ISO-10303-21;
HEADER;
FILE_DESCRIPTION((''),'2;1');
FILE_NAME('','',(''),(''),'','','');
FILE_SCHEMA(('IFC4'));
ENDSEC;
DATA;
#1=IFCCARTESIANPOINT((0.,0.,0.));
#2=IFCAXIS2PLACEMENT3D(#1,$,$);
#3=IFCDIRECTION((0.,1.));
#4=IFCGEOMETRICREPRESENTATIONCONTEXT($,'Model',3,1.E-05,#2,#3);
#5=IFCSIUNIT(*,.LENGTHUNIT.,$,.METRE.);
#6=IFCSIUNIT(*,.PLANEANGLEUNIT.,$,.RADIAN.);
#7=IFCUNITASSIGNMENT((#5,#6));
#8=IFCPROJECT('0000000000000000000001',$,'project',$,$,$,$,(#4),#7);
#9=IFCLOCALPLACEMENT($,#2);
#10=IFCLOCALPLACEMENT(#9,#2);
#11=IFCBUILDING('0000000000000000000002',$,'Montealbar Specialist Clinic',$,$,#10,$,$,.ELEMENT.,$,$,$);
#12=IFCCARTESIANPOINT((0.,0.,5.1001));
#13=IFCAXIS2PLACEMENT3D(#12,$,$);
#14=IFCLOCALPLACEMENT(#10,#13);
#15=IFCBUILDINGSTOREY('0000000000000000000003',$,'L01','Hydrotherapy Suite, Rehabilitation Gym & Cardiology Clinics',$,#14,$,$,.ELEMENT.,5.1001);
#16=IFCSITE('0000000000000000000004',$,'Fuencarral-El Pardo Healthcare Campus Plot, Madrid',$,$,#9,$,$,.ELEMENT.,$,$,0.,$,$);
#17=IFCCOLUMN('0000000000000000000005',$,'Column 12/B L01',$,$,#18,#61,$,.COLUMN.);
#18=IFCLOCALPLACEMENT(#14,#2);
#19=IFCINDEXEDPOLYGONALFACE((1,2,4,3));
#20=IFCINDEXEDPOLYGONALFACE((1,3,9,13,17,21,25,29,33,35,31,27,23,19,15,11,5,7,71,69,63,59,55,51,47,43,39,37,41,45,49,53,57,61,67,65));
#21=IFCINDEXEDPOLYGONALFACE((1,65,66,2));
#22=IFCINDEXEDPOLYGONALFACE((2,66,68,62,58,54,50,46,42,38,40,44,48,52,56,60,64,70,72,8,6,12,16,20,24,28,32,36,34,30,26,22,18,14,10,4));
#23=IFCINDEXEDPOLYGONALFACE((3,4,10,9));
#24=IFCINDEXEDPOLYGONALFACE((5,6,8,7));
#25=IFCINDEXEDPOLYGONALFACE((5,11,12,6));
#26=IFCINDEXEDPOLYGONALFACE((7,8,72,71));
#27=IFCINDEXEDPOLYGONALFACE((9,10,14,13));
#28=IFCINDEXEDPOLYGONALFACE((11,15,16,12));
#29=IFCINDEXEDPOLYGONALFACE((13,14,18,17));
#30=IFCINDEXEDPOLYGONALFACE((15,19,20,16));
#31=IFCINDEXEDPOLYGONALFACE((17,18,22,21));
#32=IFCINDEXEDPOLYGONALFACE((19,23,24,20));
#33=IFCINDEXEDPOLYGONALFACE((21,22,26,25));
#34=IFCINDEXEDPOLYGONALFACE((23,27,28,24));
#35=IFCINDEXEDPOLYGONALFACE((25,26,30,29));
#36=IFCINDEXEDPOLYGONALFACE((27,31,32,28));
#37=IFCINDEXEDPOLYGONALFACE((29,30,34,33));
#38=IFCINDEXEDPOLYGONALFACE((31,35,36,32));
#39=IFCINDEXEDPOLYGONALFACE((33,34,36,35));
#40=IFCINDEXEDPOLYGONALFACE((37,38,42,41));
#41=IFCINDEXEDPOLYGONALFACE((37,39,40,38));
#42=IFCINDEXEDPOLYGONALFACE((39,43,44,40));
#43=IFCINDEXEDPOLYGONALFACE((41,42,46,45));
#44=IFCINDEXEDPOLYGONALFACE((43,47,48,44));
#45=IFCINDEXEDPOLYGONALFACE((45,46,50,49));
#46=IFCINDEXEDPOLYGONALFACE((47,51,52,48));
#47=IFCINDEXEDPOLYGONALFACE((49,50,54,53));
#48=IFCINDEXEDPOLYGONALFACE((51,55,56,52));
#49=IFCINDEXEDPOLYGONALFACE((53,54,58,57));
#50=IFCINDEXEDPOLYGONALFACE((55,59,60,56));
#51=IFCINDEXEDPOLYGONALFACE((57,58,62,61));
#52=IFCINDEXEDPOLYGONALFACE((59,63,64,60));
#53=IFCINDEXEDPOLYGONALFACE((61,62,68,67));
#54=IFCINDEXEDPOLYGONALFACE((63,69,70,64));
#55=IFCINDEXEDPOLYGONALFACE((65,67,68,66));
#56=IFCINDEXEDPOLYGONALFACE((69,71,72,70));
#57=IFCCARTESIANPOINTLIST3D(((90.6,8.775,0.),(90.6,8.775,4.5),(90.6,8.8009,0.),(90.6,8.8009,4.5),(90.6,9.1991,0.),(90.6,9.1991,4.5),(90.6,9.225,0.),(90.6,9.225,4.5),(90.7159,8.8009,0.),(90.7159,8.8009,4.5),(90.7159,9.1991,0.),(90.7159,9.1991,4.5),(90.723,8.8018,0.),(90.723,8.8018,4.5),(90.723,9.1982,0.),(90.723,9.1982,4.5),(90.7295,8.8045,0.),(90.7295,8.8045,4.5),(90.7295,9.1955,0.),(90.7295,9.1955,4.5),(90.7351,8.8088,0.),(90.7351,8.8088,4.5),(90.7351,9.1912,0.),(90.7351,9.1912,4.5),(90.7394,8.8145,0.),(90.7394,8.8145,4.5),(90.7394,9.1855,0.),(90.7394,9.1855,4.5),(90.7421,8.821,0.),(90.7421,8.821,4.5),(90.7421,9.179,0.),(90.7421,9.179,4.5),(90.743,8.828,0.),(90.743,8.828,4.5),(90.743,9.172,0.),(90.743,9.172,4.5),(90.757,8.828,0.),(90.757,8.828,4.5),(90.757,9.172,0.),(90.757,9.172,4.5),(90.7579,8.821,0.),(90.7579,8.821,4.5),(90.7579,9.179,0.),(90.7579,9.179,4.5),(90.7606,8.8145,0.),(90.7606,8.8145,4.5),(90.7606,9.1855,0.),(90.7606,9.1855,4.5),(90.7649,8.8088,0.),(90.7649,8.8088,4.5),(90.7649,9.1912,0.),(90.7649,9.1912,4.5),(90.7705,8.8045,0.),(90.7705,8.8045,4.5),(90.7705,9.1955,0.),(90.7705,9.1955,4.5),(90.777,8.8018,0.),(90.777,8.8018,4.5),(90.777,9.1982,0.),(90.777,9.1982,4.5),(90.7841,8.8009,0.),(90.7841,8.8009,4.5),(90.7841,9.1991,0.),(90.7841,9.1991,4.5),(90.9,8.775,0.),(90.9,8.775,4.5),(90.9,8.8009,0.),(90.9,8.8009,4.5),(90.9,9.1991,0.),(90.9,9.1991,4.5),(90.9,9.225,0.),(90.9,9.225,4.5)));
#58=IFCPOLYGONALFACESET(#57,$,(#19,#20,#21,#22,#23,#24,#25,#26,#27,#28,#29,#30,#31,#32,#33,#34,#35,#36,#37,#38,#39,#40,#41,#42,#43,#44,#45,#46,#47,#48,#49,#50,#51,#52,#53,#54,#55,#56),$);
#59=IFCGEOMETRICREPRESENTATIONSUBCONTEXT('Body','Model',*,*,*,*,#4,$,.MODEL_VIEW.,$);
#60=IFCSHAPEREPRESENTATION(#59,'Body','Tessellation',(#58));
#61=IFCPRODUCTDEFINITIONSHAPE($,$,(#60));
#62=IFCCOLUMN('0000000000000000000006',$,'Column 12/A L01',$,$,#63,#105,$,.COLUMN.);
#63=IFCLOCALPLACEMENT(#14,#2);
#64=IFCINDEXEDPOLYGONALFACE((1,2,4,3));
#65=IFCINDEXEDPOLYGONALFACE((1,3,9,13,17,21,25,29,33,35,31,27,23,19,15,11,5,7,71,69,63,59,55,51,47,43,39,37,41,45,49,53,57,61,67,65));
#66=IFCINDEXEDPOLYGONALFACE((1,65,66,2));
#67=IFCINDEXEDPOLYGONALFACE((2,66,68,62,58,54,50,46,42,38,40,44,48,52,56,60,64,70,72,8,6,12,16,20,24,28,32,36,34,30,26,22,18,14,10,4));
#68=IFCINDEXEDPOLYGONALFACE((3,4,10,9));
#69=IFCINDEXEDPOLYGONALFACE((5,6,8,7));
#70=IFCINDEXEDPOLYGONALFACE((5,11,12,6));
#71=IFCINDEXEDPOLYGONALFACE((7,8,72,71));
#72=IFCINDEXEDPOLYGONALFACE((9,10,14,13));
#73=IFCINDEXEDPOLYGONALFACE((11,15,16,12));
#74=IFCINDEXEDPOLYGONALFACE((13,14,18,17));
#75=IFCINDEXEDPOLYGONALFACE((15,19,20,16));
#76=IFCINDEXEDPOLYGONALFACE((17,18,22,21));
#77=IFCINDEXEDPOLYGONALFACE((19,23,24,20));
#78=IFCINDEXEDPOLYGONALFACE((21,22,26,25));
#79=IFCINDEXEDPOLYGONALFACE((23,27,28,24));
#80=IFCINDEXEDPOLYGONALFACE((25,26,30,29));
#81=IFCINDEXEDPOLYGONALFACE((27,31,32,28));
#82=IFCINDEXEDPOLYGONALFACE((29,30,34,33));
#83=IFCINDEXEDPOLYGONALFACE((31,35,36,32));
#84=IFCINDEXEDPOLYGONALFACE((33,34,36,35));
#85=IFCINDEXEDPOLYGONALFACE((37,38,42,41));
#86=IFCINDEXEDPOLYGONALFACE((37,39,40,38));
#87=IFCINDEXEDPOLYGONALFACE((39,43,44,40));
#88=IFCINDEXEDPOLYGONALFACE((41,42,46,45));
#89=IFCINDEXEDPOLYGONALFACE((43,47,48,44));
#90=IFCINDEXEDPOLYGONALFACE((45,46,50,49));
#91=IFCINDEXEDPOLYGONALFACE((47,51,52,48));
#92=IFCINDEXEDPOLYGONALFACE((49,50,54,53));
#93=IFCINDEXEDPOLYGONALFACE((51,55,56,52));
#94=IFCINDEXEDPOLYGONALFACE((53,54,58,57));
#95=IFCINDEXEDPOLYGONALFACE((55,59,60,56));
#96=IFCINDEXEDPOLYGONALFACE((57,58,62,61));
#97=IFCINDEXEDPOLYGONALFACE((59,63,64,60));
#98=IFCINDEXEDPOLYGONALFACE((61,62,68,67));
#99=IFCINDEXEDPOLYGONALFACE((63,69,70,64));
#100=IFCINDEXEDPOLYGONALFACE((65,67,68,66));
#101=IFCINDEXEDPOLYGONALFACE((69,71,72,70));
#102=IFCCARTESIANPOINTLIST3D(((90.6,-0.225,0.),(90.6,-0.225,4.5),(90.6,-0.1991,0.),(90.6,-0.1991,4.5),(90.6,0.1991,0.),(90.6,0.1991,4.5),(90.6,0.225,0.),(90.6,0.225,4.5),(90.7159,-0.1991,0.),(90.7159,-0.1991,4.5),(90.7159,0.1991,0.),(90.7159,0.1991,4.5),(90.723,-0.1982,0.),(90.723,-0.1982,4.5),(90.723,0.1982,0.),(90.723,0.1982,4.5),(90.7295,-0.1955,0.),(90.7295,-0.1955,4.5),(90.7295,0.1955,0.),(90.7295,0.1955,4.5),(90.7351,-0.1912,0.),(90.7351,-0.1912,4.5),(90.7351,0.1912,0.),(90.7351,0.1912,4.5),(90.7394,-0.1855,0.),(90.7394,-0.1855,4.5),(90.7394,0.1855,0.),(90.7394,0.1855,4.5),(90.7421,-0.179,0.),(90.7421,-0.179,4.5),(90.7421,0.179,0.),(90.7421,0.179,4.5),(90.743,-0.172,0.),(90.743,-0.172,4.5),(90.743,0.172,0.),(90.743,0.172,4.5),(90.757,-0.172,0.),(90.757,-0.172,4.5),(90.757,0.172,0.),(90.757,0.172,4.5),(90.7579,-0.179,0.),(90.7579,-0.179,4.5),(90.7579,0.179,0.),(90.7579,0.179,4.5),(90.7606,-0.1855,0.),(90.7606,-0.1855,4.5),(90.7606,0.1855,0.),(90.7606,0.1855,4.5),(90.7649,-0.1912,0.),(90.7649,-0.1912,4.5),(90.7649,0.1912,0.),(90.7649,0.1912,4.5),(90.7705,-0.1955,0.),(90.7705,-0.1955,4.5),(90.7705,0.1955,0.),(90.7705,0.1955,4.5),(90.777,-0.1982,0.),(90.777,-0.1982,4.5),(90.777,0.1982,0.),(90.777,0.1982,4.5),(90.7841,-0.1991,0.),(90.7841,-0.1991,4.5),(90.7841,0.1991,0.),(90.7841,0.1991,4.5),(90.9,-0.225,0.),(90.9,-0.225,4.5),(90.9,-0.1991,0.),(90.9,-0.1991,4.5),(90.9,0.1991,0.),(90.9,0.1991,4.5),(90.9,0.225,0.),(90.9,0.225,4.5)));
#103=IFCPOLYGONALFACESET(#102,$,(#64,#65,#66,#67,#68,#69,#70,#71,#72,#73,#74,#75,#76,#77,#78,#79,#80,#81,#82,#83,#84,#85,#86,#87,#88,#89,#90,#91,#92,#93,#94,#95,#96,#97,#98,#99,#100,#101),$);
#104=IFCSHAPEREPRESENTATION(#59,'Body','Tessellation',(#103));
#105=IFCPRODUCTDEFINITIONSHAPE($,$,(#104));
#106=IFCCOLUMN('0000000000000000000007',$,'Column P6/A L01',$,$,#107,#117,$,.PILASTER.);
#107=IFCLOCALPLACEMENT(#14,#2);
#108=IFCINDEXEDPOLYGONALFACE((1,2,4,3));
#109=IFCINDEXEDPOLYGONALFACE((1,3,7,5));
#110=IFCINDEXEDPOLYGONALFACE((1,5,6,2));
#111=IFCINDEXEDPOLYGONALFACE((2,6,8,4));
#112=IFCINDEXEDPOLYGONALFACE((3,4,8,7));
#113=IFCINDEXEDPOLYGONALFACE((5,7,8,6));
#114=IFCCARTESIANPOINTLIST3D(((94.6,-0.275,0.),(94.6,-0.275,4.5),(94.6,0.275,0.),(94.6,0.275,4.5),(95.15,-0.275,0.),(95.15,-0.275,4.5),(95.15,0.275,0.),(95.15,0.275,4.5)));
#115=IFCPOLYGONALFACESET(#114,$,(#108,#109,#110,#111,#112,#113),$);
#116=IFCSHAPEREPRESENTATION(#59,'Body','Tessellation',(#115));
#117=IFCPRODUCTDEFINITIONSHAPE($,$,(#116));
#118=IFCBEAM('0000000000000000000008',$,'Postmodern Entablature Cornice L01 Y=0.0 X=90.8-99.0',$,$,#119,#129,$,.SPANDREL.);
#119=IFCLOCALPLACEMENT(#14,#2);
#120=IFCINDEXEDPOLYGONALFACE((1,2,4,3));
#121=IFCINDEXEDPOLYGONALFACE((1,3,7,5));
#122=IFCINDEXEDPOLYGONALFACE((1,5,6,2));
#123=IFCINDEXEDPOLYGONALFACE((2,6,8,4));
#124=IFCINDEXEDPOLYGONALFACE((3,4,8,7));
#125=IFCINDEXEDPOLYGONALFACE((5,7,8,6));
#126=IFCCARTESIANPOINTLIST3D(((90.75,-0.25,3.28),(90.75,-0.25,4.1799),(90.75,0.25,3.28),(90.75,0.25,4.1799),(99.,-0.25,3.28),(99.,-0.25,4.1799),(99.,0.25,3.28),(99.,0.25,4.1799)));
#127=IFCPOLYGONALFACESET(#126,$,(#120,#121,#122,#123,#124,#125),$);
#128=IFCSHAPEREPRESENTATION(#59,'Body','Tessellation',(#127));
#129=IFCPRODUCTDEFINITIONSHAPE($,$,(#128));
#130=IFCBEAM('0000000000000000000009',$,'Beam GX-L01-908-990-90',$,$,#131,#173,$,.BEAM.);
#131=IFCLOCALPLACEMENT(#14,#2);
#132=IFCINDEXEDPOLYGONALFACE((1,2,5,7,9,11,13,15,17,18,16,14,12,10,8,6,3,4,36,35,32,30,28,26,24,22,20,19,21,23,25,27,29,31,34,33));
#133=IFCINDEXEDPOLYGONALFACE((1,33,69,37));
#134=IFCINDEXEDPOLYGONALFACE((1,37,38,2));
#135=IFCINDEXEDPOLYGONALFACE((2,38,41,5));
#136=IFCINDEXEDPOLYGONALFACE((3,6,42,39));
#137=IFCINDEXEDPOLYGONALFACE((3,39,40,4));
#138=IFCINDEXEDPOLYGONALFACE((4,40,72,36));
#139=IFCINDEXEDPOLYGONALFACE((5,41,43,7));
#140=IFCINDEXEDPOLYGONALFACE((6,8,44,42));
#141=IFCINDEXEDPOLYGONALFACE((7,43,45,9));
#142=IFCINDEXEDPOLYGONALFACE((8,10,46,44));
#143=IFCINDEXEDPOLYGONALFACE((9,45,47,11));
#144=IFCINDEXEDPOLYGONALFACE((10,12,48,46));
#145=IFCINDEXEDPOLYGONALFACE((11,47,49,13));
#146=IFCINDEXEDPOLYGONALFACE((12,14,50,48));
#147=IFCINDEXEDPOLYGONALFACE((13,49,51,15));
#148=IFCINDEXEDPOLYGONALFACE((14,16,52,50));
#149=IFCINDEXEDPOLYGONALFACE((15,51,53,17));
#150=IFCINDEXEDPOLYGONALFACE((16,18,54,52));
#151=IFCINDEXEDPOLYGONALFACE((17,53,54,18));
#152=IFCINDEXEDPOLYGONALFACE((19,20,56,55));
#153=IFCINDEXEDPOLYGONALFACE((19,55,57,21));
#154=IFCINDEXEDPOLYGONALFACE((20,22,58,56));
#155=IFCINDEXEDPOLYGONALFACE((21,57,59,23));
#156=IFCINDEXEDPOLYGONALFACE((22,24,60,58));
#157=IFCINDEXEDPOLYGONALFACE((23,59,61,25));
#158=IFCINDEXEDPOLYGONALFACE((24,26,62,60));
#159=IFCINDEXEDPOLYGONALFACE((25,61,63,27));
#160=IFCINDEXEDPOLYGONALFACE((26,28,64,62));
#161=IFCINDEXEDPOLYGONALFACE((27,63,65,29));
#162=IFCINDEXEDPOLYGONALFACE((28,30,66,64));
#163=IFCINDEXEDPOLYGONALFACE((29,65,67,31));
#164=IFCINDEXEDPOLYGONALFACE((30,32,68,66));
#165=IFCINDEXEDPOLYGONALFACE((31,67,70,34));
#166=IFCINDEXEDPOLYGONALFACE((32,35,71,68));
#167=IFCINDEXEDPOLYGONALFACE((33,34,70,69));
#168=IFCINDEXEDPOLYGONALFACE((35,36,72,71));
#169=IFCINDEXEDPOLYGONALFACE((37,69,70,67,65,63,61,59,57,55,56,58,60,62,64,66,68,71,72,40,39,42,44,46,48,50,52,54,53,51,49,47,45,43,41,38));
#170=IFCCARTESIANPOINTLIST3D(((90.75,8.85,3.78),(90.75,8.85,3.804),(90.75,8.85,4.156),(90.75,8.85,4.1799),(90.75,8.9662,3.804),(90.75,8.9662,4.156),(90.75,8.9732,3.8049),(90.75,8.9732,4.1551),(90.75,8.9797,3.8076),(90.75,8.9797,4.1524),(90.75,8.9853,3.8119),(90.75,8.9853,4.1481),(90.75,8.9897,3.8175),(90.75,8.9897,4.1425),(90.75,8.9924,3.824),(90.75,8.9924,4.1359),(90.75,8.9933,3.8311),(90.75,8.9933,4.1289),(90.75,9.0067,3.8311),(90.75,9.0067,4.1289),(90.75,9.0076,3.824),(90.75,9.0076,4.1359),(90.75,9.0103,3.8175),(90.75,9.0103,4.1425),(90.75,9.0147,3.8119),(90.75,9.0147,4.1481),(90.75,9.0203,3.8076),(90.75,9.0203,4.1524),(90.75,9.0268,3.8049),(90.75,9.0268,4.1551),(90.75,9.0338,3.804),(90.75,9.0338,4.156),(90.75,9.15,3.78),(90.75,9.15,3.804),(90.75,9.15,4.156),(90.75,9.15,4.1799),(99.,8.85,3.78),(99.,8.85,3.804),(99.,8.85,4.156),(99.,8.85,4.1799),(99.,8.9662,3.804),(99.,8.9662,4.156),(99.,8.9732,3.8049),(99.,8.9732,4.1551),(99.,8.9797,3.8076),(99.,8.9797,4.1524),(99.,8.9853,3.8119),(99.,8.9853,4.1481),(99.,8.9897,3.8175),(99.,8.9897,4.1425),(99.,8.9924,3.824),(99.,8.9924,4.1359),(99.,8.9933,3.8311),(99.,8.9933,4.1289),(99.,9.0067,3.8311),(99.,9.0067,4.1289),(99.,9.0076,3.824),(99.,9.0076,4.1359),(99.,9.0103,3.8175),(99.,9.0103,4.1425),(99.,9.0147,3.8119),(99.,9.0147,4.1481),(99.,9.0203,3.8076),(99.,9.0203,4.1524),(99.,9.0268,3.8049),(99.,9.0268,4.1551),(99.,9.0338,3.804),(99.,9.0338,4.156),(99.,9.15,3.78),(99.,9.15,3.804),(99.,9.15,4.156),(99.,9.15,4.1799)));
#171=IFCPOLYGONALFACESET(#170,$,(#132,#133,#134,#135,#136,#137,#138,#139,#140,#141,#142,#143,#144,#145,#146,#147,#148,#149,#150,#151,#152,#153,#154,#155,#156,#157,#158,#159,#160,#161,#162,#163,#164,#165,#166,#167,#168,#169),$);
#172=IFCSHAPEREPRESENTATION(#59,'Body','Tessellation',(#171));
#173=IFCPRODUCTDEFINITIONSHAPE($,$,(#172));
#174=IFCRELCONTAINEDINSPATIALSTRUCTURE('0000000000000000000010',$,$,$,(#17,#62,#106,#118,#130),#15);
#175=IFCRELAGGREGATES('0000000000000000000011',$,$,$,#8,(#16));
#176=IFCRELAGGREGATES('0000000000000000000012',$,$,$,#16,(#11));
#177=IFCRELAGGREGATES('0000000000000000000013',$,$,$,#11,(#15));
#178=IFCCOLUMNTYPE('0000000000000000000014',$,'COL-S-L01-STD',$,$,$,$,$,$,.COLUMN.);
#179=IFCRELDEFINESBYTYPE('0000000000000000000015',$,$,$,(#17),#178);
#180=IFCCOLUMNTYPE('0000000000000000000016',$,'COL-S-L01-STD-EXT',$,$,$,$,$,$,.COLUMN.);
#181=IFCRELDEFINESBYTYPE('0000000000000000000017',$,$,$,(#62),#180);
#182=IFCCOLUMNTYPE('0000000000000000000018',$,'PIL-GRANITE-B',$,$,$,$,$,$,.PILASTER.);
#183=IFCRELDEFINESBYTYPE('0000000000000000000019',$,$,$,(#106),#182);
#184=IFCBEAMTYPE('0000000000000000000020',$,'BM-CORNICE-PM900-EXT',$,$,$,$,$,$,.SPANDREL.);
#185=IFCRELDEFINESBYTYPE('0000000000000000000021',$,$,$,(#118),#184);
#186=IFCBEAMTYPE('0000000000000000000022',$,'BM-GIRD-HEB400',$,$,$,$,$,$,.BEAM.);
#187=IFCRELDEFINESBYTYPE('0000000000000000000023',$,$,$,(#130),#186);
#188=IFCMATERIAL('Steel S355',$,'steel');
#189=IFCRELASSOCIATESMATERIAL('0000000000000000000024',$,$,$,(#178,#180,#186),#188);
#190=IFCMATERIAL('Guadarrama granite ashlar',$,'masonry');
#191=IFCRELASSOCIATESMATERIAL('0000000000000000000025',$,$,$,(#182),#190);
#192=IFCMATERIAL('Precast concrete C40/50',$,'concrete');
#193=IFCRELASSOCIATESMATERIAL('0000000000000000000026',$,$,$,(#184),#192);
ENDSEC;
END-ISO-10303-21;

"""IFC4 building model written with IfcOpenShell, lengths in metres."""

from ifc_helpers import new_model, si_unit, direction, frame, origin, origin_2d, place, context, subcontext, project, spatial, rectangle, i_section, extrude, material, material_profile, profile_set, type_object, element, save


model = new_model("IFC4")

# Units and contexts
model_context = context("Model", 3, precision=1e-05, world=origin(), true_north=direction((0.0, 1.0)))
body_context = subcontext(model_context, "Body", "Model", "MODEL_VIEW")
ifc_project = project(units=[si_unit("LENGTHUNIT", "METRE"), si_unit("PLANEANGLEUNIT", "RADIAN")], contexts=[model_context])

# Site, building, storey
site_placement = place(None, origin())
site = spatial("IfcSite", under=ifc_project, at=site_placement, Name="Fuencarral-El Pardo Healthcare Campus Plot, Madrid", CompositionType="ELEMENT", RefElevation=0.0)
building_placement = place(site_placement, origin())
building = spatial("IfcBuilding", under=site, at=building_placement, Name="Montealbar Specialist Clinic", CompositionType="ELEMENT")
storey_placement = place(building_placement, frame((0.0, 0.0, 5.1001)))
storey = spatial("IfcBuildingStorey", under=building, at=storey_placement, Name="L01", Description="Hydrotherapy Suite, Rehabilitation Gym & Cardiology Clinics", CompositionType="ELEMENT", Elevation=5.1001)

# Columns
ifc_material_1 = material(Name="Steel S355", Category="steel")
ifc_material_profile_1 = material_profile(ifc_material_1, i_section(OverallWidth=0.3, OverallDepth=0.45, WebThickness=0.0139, FlangeThickness=0.0259, FilletRadius=0.0271, at=origin_2d()), Name="HEB 450", Category="steel")
ifc_profile_set_1 = profile_set([ifc_material_profile_1], Name="Steel S355")
column_type_1 = type_object("IfcColumnType", Name="COL-S-L01-STD", PredefinedType="COLUMN", material=ifc_profile_set_1)
column_1_placement = place(storey_placement, frame((90.75, 9.0, 0.0), z_axis=(0.0, 0.0, 1.0), x_axis=(1.0, 0.0, 0.0)))
element("IfcColumn", 1, at=column_1_placement, inside=storey, type_object=column_type_1, Name="Column 12/B L01", PredefinedType="COLUMN", context=body_context, shape_type="SweptSolid", body=[
    extrude(i_section(OverallWidth=0.3, OverallDepth=0.45, WebThickness=0.0139, FlangeThickness=0.0259, FilletRadius=0.0271, at=origin_2d()), origin(), (0.0, 0.0, 1.0), 4.5),
])
ifc_material_profile_2 = material_profile(ifc_material_1, i_section(OverallWidth=0.3, OverallDepth=0.45, WebThickness=0.0139, FlangeThickness=0.0259, FilletRadius=0.0271, at=origin_2d()), Name="HEB 450", Category="steel")
ifc_profile_set_2 = profile_set([ifc_material_profile_2], Name="Steel S355")
column_type_2 = type_object("IfcColumnType", Name="COL-S-L01-STD-EXT", PredefinedType="COLUMN", material=ifc_profile_set_2)
column_2_placement = place(storey_placement, frame((90.75, 0.0, 0.0), z_axis=(0.0, 0.0, 1.0), x_axis=(1.0, 0.0, 0.0)))
element("IfcColumn", 2, at=column_2_placement, inside=storey, type_object=column_type_2, Name="Column 12/A L01", PredefinedType="COLUMN", context=body_context, shape_type="SweptSolid", body=[
    extrude(i_section(OverallWidth=0.3, OverallDepth=0.45, WebThickness=0.0139, FlangeThickness=0.0259, FilletRadius=0.0271, at=origin_2d()), origin(), (0.0, 0.0, 1.0), 4.5),
])
ifc_material_2 = material(Name="Guadarrama granite ashlar", Category="masonry")
ifc_material_profile_3 = material_profile(ifc_material_2, rectangle(XDim=0.55, YDim=0.55, at=origin_2d()), Name="GRANITE PILASTER 550x550", Category="masonry")
ifc_profile_set_3 = profile_set([ifc_material_profile_3], Name="Guadarrama granite ashlar")
column_type_3 = type_object("IfcColumnType", Name="PIL-GRANITE-B", PredefinedType="PILASTER", material=ifc_profile_set_3)
column_3_placement = place(storey_placement, frame((94.875, 0.0, 0.0), z_axis=(0.0, 0.0, 1.0), x_axis=(1.0, 0.0, 0.0)))
element("IfcColumn", 3, at=column_3_placement, inside=storey, type_object=column_type_3, Name="Column P6/A L01", PredefinedType="PILASTER", context=body_context, shape_type="SweptSolid", body=[
    extrude(rectangle(XDim=0.55, YDim=0.55, at=origin_2d()), origin(), (0.0, 0.0, 1.0), 4.5),
])

# Beams
ifc_material_3 = material(Name="Precast concrete C40/50", Category="concrete")
ifc_material_profile_4 = material_profile(ifc_material_3, rectangle(XDim=0.5, YDim=0.8999, at=origin_2d()), Name="PRECAST CORNICE 500x900", Category="concrete")
ifc_profile_set_4 = profile_set([ifc_material_profile_4], Name="Precast concrete C40/50")
beam_type_1 = type_object("IfcBeamType", Name="BM-CORNICE-PM900-EXT", PredefinedType="SPANDREL", material=ifc_profile_set_4)
beam_1_placement = place(storey_placement, frame((90.75, 0.0, 3.73), z_axis=(1.0, 0.0, 0.0), x_axis=(0.0, 1.0, 0.0)))
element("IfcBeam", 4, at=beam_1_placement, inside=storey, type_object=beam_type_1, Name="Postmodern Entablature Cornice L01 Y=0.0 X=90.8-99.0", PredefinedType="SPANDREL", context=body_context, shape_type="SweptSolid", body=[
    extrude(rectangle(XDim=0.5, YDim=0.8999, at=origin_2d()), origin(), (0.0, 0.0, 1.0), 8.25),
])
ifc_material_profile_5 = material_profile(ifc_material_1, i_section(OverallWidth=0.3, OverallDepth=0.3999, WebThickness=0.0134, FlangeThickness=0.0239, FilletRadius=0.0271, at=origin_2d()), Name="HEB 400", Category="steel")
ifc_profile_set_5 = profile_set([ifc_material_profile_5], Name="Steel S355")
beam_type_2 = type_object("IfcBeamType", Name="BM-GIRD-HEB400", PredefinedType="BEAM", material=ifc_profile_set_5)
beam_2_placement = place(storey_placement, frame((90.75, 9.0, 3.98), z_axis=(1.0, 0.0, 0.0), x_axis=(0.0, 1.0, 0.0)))
element("IfcBeam", 5, at=beam_2_placement, inside=storey, type_object=beam_type_2, Name="Beam GX-L01-908-990-90", PredefinedType="BEAM", context=body_context, shape_type="SweptSolid", body=[
    extrude(i_section(OverallWidth=0.3, OverallDepth=0.3999, WebThickness=0.0134, FlangeThickness=0.0239, FilletRadius=0.0271, at=origin_2d()), origin(), (0.0, 0.0, 1.0), 8.25),
])

save(model, "model.ifc")
